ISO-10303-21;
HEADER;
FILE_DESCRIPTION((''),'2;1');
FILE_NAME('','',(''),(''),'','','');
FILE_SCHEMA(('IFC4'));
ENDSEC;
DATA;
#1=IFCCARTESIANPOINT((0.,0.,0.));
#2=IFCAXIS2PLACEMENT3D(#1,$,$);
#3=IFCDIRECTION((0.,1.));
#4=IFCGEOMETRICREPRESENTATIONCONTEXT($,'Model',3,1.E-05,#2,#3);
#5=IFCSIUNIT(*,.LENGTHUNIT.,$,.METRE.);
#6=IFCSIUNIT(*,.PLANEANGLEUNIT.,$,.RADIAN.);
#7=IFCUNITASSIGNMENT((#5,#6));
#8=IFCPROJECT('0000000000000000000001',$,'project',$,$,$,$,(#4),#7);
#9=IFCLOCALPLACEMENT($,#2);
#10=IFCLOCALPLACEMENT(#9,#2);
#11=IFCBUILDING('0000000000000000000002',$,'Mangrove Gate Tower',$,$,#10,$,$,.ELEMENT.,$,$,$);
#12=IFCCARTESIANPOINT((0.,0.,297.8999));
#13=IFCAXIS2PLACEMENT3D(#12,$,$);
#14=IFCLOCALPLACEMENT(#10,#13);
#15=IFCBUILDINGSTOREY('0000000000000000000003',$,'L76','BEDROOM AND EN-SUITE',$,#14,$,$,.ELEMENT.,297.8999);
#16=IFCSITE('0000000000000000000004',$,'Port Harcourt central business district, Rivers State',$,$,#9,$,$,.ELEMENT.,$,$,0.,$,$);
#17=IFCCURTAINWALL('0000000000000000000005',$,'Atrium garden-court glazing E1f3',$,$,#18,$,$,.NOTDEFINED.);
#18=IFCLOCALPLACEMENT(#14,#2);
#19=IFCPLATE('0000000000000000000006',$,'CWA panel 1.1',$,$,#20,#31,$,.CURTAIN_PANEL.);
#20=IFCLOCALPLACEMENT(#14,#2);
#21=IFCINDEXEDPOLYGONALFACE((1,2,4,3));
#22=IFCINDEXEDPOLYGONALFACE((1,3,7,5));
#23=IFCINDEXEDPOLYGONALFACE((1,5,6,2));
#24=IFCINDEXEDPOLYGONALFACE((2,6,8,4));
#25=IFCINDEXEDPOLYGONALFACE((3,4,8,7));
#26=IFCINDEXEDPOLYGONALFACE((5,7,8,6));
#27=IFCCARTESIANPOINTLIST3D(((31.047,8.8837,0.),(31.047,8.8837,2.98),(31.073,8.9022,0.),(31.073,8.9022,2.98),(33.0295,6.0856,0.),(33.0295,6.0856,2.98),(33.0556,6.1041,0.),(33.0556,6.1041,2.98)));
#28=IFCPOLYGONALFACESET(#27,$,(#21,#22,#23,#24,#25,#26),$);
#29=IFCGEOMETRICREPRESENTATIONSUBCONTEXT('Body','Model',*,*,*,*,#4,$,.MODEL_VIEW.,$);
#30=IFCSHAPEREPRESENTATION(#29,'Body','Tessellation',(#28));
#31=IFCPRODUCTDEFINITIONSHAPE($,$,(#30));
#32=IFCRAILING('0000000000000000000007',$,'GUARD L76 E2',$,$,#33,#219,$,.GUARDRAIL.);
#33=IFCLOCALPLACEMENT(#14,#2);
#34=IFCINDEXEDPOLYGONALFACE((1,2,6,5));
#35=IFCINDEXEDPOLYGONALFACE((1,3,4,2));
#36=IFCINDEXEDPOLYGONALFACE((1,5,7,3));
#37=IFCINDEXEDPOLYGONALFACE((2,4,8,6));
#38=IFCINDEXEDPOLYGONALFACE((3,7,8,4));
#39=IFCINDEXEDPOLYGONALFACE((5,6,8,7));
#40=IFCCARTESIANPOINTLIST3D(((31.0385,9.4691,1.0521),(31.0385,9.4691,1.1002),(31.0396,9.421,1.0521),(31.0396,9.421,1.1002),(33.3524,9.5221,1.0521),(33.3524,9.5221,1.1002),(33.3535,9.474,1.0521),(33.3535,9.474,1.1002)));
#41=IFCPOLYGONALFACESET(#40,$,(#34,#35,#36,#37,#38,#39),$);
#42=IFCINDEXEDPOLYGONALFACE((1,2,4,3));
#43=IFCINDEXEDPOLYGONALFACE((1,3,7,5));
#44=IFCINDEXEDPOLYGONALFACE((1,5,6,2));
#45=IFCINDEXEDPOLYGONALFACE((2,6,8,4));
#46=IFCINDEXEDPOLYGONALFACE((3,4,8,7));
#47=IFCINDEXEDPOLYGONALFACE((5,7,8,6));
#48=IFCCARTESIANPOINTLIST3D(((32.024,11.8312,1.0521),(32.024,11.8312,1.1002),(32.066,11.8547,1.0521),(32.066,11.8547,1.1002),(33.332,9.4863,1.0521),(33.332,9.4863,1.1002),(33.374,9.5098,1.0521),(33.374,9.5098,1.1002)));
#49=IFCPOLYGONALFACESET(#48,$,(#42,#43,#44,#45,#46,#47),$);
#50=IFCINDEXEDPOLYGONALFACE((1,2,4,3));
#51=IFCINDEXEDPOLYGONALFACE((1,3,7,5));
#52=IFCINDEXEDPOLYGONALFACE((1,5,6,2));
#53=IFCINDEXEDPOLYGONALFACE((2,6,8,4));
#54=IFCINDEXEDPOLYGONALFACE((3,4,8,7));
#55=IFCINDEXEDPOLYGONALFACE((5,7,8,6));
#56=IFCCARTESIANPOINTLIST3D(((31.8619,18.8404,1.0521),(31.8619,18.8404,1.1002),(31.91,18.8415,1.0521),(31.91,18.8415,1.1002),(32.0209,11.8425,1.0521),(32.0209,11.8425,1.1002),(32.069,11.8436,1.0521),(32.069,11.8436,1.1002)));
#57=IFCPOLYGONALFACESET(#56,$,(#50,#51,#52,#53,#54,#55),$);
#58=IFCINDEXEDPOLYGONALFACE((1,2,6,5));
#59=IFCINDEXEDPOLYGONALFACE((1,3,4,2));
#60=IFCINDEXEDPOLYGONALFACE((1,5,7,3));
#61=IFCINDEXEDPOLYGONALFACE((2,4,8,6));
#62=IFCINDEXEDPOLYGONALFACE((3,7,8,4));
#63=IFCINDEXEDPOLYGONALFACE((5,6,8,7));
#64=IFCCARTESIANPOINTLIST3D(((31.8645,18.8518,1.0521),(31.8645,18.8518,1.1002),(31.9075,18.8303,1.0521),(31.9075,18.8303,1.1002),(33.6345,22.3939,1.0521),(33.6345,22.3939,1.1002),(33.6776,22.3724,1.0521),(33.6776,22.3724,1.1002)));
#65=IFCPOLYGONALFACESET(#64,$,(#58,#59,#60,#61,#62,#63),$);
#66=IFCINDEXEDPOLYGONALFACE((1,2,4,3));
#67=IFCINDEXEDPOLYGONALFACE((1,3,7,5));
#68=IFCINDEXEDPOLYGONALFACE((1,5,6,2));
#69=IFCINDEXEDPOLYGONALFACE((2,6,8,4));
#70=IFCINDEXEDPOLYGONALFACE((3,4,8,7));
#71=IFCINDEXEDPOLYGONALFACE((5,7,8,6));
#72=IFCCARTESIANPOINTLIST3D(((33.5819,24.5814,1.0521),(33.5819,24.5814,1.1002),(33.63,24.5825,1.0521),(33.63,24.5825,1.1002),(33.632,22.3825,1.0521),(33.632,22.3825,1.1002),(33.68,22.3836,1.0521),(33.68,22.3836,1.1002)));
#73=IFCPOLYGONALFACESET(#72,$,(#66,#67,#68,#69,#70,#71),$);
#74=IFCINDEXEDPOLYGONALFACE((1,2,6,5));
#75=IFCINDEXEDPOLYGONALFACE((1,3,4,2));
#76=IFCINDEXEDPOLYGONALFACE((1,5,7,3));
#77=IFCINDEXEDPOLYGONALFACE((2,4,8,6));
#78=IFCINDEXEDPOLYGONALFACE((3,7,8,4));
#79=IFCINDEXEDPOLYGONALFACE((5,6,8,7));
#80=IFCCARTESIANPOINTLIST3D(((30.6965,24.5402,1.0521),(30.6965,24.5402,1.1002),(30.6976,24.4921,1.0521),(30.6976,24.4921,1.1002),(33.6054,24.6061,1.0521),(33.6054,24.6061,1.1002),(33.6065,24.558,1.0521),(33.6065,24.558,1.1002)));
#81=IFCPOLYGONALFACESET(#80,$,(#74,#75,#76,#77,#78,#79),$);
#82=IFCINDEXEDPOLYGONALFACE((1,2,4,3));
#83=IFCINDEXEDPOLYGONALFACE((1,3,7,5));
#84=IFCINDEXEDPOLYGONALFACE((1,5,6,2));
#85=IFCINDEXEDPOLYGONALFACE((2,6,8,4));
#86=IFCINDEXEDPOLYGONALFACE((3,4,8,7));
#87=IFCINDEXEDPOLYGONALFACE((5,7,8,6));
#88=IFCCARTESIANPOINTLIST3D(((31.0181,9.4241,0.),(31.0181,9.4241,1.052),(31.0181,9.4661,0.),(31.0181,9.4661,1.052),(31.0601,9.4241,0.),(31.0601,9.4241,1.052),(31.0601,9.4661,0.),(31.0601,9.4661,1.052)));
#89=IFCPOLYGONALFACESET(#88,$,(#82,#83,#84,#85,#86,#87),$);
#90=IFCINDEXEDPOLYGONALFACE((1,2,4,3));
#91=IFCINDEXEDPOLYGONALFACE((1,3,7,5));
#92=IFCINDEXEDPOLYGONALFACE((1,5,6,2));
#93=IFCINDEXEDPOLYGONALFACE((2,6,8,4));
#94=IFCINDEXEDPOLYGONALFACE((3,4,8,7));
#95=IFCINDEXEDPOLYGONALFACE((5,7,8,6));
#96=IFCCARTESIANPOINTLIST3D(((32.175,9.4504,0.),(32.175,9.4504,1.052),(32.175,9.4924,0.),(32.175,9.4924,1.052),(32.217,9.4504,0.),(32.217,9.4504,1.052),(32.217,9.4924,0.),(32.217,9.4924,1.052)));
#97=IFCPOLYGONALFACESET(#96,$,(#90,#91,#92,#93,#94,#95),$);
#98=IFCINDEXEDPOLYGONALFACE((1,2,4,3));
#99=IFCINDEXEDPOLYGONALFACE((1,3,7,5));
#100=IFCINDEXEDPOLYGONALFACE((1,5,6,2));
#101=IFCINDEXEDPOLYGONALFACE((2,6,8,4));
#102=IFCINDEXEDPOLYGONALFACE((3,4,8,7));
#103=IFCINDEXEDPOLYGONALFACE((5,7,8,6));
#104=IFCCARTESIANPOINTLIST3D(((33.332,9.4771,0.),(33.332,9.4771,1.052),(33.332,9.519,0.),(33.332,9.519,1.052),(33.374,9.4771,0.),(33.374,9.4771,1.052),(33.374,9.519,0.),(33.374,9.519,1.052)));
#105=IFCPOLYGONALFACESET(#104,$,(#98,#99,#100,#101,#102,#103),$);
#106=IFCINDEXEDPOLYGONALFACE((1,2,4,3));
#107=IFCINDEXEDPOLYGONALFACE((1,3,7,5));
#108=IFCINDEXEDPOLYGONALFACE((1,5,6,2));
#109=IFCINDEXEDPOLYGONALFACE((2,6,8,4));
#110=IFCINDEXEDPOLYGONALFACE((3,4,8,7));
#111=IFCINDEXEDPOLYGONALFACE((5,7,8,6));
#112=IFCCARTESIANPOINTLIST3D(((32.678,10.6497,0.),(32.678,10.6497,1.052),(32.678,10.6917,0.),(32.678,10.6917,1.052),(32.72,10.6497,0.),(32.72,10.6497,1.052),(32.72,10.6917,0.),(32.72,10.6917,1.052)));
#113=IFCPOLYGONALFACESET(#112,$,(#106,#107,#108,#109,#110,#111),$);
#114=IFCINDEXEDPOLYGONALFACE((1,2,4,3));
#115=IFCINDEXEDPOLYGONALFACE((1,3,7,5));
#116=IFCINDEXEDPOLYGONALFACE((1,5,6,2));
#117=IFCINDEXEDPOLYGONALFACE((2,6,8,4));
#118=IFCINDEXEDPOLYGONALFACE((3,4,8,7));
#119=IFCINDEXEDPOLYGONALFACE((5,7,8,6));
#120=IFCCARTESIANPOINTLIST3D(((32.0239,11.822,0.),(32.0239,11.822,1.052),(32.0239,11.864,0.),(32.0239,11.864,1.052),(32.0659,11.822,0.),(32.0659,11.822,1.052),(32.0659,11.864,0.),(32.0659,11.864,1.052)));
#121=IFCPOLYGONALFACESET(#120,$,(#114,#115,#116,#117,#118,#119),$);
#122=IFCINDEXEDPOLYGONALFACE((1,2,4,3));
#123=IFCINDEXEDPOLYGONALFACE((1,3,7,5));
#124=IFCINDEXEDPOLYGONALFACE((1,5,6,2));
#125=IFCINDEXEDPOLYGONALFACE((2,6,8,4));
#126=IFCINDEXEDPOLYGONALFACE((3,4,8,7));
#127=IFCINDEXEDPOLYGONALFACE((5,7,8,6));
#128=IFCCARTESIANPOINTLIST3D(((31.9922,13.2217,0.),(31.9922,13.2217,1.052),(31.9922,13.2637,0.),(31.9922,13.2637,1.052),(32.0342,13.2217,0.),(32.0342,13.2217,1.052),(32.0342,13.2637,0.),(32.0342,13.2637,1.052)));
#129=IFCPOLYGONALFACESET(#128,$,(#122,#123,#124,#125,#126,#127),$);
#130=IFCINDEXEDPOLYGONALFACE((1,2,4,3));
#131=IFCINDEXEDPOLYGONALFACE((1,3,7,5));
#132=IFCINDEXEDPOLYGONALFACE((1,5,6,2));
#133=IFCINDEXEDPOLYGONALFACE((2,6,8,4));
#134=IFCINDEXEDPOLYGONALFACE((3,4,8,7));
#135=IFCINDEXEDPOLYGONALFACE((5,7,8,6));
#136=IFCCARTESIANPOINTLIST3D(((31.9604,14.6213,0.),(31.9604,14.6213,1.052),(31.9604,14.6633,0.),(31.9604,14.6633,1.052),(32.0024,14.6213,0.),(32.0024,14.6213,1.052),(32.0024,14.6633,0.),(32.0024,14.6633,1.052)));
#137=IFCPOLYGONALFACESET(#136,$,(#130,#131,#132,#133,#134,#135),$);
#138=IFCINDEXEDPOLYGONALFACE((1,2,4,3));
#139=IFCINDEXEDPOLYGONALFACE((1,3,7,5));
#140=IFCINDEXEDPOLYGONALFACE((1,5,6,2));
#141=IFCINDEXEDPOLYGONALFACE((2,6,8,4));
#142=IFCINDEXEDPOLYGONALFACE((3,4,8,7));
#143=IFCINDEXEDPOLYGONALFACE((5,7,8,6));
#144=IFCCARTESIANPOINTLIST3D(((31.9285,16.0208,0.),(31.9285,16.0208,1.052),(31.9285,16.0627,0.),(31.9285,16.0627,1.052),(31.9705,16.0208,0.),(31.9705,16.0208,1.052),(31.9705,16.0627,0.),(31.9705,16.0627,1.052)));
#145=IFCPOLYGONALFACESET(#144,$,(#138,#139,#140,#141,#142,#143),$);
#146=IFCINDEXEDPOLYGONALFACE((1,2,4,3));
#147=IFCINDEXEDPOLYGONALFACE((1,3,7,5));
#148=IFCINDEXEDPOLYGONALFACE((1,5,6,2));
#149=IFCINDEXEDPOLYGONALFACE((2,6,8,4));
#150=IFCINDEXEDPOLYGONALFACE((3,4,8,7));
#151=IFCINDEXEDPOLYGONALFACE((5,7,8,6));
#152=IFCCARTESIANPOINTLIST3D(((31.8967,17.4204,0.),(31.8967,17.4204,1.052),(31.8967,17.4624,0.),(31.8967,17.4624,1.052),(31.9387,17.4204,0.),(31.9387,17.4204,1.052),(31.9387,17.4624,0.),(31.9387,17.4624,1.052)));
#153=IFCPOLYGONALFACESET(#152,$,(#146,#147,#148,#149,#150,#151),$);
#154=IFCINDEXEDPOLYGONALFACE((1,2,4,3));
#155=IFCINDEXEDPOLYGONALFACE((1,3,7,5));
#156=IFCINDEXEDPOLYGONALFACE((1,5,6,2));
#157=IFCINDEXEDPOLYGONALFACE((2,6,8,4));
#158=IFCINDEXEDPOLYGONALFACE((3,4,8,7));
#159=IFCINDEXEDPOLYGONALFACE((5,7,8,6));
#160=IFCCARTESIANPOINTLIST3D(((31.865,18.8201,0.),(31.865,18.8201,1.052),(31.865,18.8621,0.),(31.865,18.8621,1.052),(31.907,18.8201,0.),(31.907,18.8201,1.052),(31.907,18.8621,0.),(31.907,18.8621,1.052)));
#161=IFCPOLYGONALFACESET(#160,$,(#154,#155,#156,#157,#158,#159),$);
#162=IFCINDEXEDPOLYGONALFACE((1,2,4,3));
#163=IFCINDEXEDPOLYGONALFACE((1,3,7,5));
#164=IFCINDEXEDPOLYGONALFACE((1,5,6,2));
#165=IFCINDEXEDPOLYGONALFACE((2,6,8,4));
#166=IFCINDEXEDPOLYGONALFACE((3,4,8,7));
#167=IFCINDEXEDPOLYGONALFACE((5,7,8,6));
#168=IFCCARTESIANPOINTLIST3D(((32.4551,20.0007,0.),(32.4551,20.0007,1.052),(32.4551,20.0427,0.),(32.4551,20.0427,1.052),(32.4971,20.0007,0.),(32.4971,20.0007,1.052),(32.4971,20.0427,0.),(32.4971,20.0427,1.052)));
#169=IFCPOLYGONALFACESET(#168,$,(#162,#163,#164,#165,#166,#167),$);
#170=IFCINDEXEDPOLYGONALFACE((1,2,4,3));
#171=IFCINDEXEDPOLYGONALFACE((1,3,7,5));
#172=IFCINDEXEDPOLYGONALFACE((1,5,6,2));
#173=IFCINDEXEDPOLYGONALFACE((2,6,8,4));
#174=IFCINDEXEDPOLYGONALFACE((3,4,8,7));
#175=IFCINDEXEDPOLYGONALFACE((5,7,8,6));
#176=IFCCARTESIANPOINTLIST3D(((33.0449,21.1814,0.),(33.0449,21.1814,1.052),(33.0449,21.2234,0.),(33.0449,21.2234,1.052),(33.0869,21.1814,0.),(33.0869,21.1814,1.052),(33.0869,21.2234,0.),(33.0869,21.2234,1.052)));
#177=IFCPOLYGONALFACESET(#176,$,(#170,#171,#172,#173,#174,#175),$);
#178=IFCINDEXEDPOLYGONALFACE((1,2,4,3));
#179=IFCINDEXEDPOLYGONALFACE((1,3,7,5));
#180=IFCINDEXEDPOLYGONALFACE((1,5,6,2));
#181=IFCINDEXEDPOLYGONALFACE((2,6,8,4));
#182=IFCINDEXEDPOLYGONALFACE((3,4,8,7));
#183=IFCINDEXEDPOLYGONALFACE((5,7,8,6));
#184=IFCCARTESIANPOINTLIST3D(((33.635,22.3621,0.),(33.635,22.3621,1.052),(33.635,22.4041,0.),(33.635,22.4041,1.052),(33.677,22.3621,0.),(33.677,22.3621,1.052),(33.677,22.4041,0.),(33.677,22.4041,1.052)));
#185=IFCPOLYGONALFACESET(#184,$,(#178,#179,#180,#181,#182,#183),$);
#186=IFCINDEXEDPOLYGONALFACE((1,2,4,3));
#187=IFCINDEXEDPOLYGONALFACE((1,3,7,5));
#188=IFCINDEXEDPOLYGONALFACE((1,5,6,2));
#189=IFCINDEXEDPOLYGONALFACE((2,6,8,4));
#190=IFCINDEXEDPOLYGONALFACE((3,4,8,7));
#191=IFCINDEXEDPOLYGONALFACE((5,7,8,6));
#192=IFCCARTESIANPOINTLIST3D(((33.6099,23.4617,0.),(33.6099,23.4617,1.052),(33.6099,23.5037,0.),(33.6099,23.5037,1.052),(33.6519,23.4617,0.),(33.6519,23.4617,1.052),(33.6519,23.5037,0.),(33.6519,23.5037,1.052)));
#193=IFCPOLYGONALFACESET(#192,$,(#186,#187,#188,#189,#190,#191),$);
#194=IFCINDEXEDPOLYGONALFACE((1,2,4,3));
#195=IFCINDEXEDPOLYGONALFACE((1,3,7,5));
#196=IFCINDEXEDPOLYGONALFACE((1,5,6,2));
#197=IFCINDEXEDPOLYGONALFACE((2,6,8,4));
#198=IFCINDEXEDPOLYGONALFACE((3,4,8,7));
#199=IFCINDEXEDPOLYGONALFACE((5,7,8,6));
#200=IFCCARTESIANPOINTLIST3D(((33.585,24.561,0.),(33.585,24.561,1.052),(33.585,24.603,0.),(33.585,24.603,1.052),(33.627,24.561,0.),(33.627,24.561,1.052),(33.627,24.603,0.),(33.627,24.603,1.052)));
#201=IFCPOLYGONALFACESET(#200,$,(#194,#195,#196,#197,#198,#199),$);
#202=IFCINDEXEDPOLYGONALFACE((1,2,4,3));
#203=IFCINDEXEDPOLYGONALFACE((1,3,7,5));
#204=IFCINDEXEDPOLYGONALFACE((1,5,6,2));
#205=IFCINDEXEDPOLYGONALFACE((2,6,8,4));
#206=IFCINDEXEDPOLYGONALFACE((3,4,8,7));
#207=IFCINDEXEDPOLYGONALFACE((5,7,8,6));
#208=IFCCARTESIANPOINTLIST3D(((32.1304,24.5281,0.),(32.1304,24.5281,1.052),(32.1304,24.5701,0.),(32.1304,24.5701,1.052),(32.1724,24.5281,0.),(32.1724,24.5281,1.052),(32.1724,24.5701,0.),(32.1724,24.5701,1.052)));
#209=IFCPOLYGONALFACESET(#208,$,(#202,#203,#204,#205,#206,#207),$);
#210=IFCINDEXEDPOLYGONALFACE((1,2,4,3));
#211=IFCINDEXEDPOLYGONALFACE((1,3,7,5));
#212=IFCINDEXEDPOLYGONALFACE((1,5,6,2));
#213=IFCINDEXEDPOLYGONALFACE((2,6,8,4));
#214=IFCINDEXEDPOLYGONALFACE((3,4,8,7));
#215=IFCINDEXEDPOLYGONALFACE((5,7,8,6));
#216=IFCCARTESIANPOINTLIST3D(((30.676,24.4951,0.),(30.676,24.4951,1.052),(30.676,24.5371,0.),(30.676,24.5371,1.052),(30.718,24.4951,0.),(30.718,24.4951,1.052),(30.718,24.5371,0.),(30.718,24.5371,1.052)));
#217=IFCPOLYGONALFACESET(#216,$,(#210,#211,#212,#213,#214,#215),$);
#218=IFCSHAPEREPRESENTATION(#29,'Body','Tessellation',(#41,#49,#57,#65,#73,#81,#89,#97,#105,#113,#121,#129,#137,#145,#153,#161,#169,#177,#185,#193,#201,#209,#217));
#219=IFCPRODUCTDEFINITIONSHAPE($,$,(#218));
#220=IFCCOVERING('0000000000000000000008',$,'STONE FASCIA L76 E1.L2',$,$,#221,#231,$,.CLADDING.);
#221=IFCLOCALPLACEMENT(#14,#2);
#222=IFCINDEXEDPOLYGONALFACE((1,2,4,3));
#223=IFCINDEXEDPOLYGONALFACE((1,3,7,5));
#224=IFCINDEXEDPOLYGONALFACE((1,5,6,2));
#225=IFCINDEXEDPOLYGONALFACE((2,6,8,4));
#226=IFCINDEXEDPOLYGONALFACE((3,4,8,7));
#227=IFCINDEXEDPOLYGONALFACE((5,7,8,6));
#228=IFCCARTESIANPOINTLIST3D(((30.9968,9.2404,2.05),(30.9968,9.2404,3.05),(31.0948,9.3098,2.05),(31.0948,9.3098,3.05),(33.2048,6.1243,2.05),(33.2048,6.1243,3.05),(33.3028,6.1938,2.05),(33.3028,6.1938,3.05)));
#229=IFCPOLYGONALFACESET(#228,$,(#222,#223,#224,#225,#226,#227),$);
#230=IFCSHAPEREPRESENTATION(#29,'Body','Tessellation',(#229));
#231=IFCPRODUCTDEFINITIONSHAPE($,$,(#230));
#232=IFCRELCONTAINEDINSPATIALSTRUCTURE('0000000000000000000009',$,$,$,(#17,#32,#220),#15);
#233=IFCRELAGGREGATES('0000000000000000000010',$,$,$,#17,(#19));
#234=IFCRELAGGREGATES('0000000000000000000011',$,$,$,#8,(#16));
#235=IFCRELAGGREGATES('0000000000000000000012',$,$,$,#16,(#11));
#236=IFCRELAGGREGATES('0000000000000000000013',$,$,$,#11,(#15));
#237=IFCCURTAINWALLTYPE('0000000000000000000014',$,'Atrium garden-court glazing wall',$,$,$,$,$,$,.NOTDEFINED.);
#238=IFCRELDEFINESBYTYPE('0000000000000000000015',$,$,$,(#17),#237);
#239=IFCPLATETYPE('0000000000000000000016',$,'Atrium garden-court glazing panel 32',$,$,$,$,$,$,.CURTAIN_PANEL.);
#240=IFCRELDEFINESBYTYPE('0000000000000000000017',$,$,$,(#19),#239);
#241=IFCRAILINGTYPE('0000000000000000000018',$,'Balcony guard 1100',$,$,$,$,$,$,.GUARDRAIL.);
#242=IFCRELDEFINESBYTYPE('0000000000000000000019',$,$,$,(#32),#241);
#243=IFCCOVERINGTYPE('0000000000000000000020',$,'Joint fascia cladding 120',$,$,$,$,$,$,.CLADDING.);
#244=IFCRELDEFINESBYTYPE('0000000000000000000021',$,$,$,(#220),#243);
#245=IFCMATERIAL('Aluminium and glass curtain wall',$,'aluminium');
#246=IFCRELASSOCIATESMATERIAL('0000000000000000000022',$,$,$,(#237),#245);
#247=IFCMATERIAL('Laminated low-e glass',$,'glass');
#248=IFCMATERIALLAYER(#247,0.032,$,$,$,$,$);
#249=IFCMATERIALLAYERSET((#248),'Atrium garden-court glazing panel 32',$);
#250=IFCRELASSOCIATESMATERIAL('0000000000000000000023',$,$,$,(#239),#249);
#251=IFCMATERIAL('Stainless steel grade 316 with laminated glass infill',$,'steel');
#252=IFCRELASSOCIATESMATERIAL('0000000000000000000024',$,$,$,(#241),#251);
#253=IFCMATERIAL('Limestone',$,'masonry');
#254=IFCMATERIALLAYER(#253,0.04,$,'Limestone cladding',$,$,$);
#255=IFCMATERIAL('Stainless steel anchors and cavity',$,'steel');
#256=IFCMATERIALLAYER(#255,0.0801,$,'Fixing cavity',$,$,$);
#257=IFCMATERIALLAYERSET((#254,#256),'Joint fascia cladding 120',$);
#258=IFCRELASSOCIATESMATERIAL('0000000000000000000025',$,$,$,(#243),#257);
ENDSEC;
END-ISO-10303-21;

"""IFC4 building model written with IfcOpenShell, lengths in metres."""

from ifc_helpers import new_model, si_unit, direction, frame, frame_2d, origin, origin_2d, place, context, subcontext, project, spatial, rectangle, extrude, material, layer, layer_set, type_object, element, aggregate, save


model = new_model("IFC4")

# Units and contexts
model_context = context("Model", 3, precision=1e-05, world=origin(), true_north=direction((0.0, 1.0)))
body_context = subcontext(model_context, "Body", "Model", "MODEL_VIEW")
ifc_project = project(units=[si_unit("LENGTHUNIT", "METRE"), si_unit("PLANEANGLEUNIT", "RADIAN")], contexts=[model_context])

# Site, building, storey
site_placement = place(None, origin())
site = spatial("IfcSite", under=ifc_project, at=site_placement, Name="Port Harcourt central business district, Rivers State", CompositionType="ELEMENT", RefElevation=0.0)
building_placement = place(site_placement, origin())
building = spatial("IfcBuilding", under=site, at=building_placement, Name="Mangrove Gate Tower", CompositionType="ELEMENT")
storey_placement = place(building_placement, frame((0.0, 0.0, 297.8999)))
storey = spatial("IfcBuildingStorey", under=building, at=storey_placement, Name="L76", Description="BEDROOM AND EN-SUITE", CompositionType="ELEMENT", Elevation=297.8999)

# Shared definitions
ifc_material_1 = material(Name="Aluminium and glass curtain wall", Category="aluminium")
curtain_wall_type = type_object("IfcCurtainWallType", Name="Atrium garden-court glazing wall", PredefinedType="NOTDEFINED", material=ifc_material_1)

# Curtain wall
curtain_wall_1_placement = place(storey_placement, origin())
curtain_wall_1 = element("IfcCurtainWall", 1, at=curtain_wall_1_placement, inside=storey, type_object=curtain_wall_type, Name="Atrium garden-court glazing E1f3", PredefinedType="NOTDEFINED")

# Plate
ifc_material_2 = material(Name="Laminated low-e glass", Category="glass")
ifc_layer_1 = layer(ifc_material_2, 0.032)
ifc_layer_set_1 = layer_set([ifc_layer_1], Name="Atrium garden-court glazing panel 32")
plate_type = type_object("IfcPlateType", Name="Atrium garden-court glazing panel 32", PredefinedType="CURTAIN_PANEL", material=ifc_layer_set_1)
plate_1_placement = place(storey_placement, frame((32.0513, 7.4939, 0.0), z_axis=(0.0, 0.0, 1.0), x_axis=(-0.578135, 0.815941, 0.0)))
plate_1 = element("IfcPlate", 2, at=plate_1_placement, type_object=plate_type, Name="CWA panel 1.1", PredefinedType="CURTAIN_PANEL", context=body_context, shape_type="SweptSolid", body=[
    extrude(rectangle(XDim=3.4292, YDim=0.032, at=origin_2d()), origin(), (0.0, 0.0, 1.0), 2.98),
])
aggregate(curtain_wall_1, [plate_1])

# Shared definitions
ifc_material_3 = material(Name="Limestone", Category="masonry")

# Railing
ifc_material_4 = material(Name="Stainless steel grade 316 with laminated glass infill", Category="steel")
railing_type = type_object("IfcRailingType", Name="Balcony guard 1100", PredefinedType="GUARDRAIL", material=ifc_material_4)
railing_placement = place(storey_placement, frame((31.0391, 9.4451, 0.0)))
element("IfcRailing", 3, at=railing_placement, inside=storey, type_object=railing_type, Name="GUARD L76 E2", PredefinedType="GUARDRAIL", context=body_context, shape_type="SweptSolid", body=[
    extrude(rectangle(XDim=0.0481, YDim=0.0481, at=origin_2d()), frame((0.0, 0.0, 1.0762), z_axis=(0.999738, 0.022889, 0.0), x_axis=(-0.022889, 0.999738, 0.0)), (0.0, 0.0, 1.0), 2.3145),
    extrude(rectangle(XDim=0.0481, YDim=0.0481, at=origin_2d()), frame((2.314, 0.053, 1.0762), z_axis=(-0.487163, 0.873311, 0.0), x_axis=(-0.873311, -0.487163, 0.0)), (0.0, 0.0, 1.0), 2.6851),
    extrude(rectangle(XDim=0.0481, YDim=0.0481, at=origin_2d()), frame((1.0059, 2.3979, 1.0762), z_axis=(-0.022706, 0.999742, 0.0), x_axis=(-0.999742, -0.022706, 0.0)), (0.0, 0.0, 1.0), 6.9998),
    extrude(rectangle(XDim=0.0481, YDim=0.0481, at=origin_2d()), frame((0.8469, 9.396, 1.0762), z_axis=(0.447016, 0.894526, 0.0), x_axis=(-0.894526, 0.447016, 0.0)), (0.0, 0.0, 1.0), 3.9597),
    extrude(rectangle(XDim=0.0481, YDim=0.0481, at=origin_2d()), frame((2.6169, 12.938, 1.0762), z_axis=(-0.022754, 0.999741, 0.0), x_axis=(-0.999741, -0.022754, 0.0)), (0.0, 0.0, 1.0), 2.1995),
    extrude(rectangle(XDim=0.0481, YDim=0.0481, at=origin_2d()), frame((2.5669, 15.137, 1.0762), z_axis=(-0.999743, -0.022655, 0.0), x_axis=(0.022655, -0.999743, 0.0)), (0.0, 0.0, 1.0), 2.9097),
    extrude(rectangle(XDim=0.042, YDim=0.042, at=origin_2d()), origin(), (0.0, 0.0, 1.0), 1.052),
    extrude(rectangle(XDim=0.042, YDim=0.042, at=origin_2d()), frame((1.157, 0.0264, 0.0)), (0.0, 0.0, 1.0), 1.052),
    extrude(rectangle(XDim=0.042, YDim=0.042, at=origin_2d()), frame((2.314, 0.053, 0.0)), (0.0, 0.0, 1.0), 1.052),
    extrude(rectangle(XDim=0.042, YDim=0.042, at=origin_2d()), frame((1.6599, 1.2256, 0.0)), (0.0, 0.0, 1.0), 1.052),
    extrude(rectangle(XDim=0.042, YDim=0.042, at=origin_2d()), frame((1.0059, 2.3979, 0.0)), (0.0, 0.0, 1.0), 1.052),
    extrude(rectangle(XDim=0.042, YDim=0.042, at=origin_2d()), frame((0.9741, 3.7976, 0.0)), (0.0, 0.0, 1.0), 1.052),
    extrude(rectangle(XDim=0.042, YDim=0.042, at=origin_2d()), frame((0.9424, 5.1973, 0.0)), (0.0, 0.0, 1.0), 1.052),
    extrude(rectangle(XDim=0.042, YDim=0.042, at=origin_2d()), frame((0.9104, 6.5967, 0.0)), (0.0, 0.0, 1.0), 1.052),
    extrude(rectangle(XDim=0.042, YDim=0.042, at=origin_2d()), frame((0.8787, 7.9963, 0.0)), (0.0, 0.0, 1.0), 1.052),
    extrude(rectangle(XDim=0.042, YDim=0.042, at=origin_2d()), frame((0.8469, 9.396, 0.0)), (0.0, 0.0, 1.0), 1.052),
    extrude(rectangle(XDim=0.042, YDim=0.042, at=origin_2d()), frame((1.437, 10.5767, 0.0)), (0.0, 0.0, 1.0), 1.052),
    extrude(rectangle(XDim=0.042, YDim=0.042, at=origin_2d()), frame((2.0269, 11.7573, 0.0)), (0.0, 0.0, 1.0), 1.052),
    extrude(rectangle(XDim=0.042, YDim=0.042, at=origin_2d()), frame((2.6169, 12.938, 0.0)), (0.0, 0.0, 1.0), 1.052),
    extrude(rectangle(XDim=0.042, YDim=0.042, at=origin_2d()), frame((2.5918, 14.0376, 0.0)), (0.0, 0.0, 1.0), 1.052),
    extrude(rectangle(XDim=0.042, YDim=0.042, at=origin_2d()), frame((2.5669, 15.137, 0.0)), (0.0, 0.0, 1.0), 1.052),
    extrude(rectangle(XDim=0.042, YDim=0.042, at=origin_2d()), frame((1.1123, 15.104, 0.0)), (0.0, 0.0, 1.0), 1.052),
    extrude(rectangle(XDim=0.042, YDim=0.042, at=origin_2d()), frame((-0.342, 15.071, 0.0)), (0.0, 0.0, 1.0), 1.052),
])

# Covering
ifc_layer_2 = layer(ifc_material_3, 0.04, Name="Limestone cladding")
ifc_material_5 = material(Name="Stainless steel anchors and cavity", Category="steel")
ifc_layer_3 = layer(ifc_material_5, 0.0801, Name="Fixing cavity")
ifc_layer_set_2 = layer_set([ifc_layer_2, ifc_layer_3], Name="Joint fascia cladding 120")
covering_type = type_object("IfcCoveringType", Name="Joint fascia cladding 120", PredefinedType="CLADDING", material=ifc_layer_set_2)
covering_placement = place(storey_placement, frame((33.2539, 6.1589, 2.05), z_axis=(0.0, 0.0, 1.0), x_axis=(-0.578168, 0.815918, 0.0)))
element("IfcCovering", 4, at=covering_placement, inside=storey, type_object=covering_type, Name="STONE FASCIA L76 E1.L2", PredefinedType="CLADDING", context=body_context, shape_type="SweptSolid", body=[
    extrude(rectangle(XDim=3.8191, YDim=0.1201, at=frame_2d((1.9097, 0.0))), origin(), (0.0, 0.0, 1.0), 1.0),
])

save(model, "model.ifc")
